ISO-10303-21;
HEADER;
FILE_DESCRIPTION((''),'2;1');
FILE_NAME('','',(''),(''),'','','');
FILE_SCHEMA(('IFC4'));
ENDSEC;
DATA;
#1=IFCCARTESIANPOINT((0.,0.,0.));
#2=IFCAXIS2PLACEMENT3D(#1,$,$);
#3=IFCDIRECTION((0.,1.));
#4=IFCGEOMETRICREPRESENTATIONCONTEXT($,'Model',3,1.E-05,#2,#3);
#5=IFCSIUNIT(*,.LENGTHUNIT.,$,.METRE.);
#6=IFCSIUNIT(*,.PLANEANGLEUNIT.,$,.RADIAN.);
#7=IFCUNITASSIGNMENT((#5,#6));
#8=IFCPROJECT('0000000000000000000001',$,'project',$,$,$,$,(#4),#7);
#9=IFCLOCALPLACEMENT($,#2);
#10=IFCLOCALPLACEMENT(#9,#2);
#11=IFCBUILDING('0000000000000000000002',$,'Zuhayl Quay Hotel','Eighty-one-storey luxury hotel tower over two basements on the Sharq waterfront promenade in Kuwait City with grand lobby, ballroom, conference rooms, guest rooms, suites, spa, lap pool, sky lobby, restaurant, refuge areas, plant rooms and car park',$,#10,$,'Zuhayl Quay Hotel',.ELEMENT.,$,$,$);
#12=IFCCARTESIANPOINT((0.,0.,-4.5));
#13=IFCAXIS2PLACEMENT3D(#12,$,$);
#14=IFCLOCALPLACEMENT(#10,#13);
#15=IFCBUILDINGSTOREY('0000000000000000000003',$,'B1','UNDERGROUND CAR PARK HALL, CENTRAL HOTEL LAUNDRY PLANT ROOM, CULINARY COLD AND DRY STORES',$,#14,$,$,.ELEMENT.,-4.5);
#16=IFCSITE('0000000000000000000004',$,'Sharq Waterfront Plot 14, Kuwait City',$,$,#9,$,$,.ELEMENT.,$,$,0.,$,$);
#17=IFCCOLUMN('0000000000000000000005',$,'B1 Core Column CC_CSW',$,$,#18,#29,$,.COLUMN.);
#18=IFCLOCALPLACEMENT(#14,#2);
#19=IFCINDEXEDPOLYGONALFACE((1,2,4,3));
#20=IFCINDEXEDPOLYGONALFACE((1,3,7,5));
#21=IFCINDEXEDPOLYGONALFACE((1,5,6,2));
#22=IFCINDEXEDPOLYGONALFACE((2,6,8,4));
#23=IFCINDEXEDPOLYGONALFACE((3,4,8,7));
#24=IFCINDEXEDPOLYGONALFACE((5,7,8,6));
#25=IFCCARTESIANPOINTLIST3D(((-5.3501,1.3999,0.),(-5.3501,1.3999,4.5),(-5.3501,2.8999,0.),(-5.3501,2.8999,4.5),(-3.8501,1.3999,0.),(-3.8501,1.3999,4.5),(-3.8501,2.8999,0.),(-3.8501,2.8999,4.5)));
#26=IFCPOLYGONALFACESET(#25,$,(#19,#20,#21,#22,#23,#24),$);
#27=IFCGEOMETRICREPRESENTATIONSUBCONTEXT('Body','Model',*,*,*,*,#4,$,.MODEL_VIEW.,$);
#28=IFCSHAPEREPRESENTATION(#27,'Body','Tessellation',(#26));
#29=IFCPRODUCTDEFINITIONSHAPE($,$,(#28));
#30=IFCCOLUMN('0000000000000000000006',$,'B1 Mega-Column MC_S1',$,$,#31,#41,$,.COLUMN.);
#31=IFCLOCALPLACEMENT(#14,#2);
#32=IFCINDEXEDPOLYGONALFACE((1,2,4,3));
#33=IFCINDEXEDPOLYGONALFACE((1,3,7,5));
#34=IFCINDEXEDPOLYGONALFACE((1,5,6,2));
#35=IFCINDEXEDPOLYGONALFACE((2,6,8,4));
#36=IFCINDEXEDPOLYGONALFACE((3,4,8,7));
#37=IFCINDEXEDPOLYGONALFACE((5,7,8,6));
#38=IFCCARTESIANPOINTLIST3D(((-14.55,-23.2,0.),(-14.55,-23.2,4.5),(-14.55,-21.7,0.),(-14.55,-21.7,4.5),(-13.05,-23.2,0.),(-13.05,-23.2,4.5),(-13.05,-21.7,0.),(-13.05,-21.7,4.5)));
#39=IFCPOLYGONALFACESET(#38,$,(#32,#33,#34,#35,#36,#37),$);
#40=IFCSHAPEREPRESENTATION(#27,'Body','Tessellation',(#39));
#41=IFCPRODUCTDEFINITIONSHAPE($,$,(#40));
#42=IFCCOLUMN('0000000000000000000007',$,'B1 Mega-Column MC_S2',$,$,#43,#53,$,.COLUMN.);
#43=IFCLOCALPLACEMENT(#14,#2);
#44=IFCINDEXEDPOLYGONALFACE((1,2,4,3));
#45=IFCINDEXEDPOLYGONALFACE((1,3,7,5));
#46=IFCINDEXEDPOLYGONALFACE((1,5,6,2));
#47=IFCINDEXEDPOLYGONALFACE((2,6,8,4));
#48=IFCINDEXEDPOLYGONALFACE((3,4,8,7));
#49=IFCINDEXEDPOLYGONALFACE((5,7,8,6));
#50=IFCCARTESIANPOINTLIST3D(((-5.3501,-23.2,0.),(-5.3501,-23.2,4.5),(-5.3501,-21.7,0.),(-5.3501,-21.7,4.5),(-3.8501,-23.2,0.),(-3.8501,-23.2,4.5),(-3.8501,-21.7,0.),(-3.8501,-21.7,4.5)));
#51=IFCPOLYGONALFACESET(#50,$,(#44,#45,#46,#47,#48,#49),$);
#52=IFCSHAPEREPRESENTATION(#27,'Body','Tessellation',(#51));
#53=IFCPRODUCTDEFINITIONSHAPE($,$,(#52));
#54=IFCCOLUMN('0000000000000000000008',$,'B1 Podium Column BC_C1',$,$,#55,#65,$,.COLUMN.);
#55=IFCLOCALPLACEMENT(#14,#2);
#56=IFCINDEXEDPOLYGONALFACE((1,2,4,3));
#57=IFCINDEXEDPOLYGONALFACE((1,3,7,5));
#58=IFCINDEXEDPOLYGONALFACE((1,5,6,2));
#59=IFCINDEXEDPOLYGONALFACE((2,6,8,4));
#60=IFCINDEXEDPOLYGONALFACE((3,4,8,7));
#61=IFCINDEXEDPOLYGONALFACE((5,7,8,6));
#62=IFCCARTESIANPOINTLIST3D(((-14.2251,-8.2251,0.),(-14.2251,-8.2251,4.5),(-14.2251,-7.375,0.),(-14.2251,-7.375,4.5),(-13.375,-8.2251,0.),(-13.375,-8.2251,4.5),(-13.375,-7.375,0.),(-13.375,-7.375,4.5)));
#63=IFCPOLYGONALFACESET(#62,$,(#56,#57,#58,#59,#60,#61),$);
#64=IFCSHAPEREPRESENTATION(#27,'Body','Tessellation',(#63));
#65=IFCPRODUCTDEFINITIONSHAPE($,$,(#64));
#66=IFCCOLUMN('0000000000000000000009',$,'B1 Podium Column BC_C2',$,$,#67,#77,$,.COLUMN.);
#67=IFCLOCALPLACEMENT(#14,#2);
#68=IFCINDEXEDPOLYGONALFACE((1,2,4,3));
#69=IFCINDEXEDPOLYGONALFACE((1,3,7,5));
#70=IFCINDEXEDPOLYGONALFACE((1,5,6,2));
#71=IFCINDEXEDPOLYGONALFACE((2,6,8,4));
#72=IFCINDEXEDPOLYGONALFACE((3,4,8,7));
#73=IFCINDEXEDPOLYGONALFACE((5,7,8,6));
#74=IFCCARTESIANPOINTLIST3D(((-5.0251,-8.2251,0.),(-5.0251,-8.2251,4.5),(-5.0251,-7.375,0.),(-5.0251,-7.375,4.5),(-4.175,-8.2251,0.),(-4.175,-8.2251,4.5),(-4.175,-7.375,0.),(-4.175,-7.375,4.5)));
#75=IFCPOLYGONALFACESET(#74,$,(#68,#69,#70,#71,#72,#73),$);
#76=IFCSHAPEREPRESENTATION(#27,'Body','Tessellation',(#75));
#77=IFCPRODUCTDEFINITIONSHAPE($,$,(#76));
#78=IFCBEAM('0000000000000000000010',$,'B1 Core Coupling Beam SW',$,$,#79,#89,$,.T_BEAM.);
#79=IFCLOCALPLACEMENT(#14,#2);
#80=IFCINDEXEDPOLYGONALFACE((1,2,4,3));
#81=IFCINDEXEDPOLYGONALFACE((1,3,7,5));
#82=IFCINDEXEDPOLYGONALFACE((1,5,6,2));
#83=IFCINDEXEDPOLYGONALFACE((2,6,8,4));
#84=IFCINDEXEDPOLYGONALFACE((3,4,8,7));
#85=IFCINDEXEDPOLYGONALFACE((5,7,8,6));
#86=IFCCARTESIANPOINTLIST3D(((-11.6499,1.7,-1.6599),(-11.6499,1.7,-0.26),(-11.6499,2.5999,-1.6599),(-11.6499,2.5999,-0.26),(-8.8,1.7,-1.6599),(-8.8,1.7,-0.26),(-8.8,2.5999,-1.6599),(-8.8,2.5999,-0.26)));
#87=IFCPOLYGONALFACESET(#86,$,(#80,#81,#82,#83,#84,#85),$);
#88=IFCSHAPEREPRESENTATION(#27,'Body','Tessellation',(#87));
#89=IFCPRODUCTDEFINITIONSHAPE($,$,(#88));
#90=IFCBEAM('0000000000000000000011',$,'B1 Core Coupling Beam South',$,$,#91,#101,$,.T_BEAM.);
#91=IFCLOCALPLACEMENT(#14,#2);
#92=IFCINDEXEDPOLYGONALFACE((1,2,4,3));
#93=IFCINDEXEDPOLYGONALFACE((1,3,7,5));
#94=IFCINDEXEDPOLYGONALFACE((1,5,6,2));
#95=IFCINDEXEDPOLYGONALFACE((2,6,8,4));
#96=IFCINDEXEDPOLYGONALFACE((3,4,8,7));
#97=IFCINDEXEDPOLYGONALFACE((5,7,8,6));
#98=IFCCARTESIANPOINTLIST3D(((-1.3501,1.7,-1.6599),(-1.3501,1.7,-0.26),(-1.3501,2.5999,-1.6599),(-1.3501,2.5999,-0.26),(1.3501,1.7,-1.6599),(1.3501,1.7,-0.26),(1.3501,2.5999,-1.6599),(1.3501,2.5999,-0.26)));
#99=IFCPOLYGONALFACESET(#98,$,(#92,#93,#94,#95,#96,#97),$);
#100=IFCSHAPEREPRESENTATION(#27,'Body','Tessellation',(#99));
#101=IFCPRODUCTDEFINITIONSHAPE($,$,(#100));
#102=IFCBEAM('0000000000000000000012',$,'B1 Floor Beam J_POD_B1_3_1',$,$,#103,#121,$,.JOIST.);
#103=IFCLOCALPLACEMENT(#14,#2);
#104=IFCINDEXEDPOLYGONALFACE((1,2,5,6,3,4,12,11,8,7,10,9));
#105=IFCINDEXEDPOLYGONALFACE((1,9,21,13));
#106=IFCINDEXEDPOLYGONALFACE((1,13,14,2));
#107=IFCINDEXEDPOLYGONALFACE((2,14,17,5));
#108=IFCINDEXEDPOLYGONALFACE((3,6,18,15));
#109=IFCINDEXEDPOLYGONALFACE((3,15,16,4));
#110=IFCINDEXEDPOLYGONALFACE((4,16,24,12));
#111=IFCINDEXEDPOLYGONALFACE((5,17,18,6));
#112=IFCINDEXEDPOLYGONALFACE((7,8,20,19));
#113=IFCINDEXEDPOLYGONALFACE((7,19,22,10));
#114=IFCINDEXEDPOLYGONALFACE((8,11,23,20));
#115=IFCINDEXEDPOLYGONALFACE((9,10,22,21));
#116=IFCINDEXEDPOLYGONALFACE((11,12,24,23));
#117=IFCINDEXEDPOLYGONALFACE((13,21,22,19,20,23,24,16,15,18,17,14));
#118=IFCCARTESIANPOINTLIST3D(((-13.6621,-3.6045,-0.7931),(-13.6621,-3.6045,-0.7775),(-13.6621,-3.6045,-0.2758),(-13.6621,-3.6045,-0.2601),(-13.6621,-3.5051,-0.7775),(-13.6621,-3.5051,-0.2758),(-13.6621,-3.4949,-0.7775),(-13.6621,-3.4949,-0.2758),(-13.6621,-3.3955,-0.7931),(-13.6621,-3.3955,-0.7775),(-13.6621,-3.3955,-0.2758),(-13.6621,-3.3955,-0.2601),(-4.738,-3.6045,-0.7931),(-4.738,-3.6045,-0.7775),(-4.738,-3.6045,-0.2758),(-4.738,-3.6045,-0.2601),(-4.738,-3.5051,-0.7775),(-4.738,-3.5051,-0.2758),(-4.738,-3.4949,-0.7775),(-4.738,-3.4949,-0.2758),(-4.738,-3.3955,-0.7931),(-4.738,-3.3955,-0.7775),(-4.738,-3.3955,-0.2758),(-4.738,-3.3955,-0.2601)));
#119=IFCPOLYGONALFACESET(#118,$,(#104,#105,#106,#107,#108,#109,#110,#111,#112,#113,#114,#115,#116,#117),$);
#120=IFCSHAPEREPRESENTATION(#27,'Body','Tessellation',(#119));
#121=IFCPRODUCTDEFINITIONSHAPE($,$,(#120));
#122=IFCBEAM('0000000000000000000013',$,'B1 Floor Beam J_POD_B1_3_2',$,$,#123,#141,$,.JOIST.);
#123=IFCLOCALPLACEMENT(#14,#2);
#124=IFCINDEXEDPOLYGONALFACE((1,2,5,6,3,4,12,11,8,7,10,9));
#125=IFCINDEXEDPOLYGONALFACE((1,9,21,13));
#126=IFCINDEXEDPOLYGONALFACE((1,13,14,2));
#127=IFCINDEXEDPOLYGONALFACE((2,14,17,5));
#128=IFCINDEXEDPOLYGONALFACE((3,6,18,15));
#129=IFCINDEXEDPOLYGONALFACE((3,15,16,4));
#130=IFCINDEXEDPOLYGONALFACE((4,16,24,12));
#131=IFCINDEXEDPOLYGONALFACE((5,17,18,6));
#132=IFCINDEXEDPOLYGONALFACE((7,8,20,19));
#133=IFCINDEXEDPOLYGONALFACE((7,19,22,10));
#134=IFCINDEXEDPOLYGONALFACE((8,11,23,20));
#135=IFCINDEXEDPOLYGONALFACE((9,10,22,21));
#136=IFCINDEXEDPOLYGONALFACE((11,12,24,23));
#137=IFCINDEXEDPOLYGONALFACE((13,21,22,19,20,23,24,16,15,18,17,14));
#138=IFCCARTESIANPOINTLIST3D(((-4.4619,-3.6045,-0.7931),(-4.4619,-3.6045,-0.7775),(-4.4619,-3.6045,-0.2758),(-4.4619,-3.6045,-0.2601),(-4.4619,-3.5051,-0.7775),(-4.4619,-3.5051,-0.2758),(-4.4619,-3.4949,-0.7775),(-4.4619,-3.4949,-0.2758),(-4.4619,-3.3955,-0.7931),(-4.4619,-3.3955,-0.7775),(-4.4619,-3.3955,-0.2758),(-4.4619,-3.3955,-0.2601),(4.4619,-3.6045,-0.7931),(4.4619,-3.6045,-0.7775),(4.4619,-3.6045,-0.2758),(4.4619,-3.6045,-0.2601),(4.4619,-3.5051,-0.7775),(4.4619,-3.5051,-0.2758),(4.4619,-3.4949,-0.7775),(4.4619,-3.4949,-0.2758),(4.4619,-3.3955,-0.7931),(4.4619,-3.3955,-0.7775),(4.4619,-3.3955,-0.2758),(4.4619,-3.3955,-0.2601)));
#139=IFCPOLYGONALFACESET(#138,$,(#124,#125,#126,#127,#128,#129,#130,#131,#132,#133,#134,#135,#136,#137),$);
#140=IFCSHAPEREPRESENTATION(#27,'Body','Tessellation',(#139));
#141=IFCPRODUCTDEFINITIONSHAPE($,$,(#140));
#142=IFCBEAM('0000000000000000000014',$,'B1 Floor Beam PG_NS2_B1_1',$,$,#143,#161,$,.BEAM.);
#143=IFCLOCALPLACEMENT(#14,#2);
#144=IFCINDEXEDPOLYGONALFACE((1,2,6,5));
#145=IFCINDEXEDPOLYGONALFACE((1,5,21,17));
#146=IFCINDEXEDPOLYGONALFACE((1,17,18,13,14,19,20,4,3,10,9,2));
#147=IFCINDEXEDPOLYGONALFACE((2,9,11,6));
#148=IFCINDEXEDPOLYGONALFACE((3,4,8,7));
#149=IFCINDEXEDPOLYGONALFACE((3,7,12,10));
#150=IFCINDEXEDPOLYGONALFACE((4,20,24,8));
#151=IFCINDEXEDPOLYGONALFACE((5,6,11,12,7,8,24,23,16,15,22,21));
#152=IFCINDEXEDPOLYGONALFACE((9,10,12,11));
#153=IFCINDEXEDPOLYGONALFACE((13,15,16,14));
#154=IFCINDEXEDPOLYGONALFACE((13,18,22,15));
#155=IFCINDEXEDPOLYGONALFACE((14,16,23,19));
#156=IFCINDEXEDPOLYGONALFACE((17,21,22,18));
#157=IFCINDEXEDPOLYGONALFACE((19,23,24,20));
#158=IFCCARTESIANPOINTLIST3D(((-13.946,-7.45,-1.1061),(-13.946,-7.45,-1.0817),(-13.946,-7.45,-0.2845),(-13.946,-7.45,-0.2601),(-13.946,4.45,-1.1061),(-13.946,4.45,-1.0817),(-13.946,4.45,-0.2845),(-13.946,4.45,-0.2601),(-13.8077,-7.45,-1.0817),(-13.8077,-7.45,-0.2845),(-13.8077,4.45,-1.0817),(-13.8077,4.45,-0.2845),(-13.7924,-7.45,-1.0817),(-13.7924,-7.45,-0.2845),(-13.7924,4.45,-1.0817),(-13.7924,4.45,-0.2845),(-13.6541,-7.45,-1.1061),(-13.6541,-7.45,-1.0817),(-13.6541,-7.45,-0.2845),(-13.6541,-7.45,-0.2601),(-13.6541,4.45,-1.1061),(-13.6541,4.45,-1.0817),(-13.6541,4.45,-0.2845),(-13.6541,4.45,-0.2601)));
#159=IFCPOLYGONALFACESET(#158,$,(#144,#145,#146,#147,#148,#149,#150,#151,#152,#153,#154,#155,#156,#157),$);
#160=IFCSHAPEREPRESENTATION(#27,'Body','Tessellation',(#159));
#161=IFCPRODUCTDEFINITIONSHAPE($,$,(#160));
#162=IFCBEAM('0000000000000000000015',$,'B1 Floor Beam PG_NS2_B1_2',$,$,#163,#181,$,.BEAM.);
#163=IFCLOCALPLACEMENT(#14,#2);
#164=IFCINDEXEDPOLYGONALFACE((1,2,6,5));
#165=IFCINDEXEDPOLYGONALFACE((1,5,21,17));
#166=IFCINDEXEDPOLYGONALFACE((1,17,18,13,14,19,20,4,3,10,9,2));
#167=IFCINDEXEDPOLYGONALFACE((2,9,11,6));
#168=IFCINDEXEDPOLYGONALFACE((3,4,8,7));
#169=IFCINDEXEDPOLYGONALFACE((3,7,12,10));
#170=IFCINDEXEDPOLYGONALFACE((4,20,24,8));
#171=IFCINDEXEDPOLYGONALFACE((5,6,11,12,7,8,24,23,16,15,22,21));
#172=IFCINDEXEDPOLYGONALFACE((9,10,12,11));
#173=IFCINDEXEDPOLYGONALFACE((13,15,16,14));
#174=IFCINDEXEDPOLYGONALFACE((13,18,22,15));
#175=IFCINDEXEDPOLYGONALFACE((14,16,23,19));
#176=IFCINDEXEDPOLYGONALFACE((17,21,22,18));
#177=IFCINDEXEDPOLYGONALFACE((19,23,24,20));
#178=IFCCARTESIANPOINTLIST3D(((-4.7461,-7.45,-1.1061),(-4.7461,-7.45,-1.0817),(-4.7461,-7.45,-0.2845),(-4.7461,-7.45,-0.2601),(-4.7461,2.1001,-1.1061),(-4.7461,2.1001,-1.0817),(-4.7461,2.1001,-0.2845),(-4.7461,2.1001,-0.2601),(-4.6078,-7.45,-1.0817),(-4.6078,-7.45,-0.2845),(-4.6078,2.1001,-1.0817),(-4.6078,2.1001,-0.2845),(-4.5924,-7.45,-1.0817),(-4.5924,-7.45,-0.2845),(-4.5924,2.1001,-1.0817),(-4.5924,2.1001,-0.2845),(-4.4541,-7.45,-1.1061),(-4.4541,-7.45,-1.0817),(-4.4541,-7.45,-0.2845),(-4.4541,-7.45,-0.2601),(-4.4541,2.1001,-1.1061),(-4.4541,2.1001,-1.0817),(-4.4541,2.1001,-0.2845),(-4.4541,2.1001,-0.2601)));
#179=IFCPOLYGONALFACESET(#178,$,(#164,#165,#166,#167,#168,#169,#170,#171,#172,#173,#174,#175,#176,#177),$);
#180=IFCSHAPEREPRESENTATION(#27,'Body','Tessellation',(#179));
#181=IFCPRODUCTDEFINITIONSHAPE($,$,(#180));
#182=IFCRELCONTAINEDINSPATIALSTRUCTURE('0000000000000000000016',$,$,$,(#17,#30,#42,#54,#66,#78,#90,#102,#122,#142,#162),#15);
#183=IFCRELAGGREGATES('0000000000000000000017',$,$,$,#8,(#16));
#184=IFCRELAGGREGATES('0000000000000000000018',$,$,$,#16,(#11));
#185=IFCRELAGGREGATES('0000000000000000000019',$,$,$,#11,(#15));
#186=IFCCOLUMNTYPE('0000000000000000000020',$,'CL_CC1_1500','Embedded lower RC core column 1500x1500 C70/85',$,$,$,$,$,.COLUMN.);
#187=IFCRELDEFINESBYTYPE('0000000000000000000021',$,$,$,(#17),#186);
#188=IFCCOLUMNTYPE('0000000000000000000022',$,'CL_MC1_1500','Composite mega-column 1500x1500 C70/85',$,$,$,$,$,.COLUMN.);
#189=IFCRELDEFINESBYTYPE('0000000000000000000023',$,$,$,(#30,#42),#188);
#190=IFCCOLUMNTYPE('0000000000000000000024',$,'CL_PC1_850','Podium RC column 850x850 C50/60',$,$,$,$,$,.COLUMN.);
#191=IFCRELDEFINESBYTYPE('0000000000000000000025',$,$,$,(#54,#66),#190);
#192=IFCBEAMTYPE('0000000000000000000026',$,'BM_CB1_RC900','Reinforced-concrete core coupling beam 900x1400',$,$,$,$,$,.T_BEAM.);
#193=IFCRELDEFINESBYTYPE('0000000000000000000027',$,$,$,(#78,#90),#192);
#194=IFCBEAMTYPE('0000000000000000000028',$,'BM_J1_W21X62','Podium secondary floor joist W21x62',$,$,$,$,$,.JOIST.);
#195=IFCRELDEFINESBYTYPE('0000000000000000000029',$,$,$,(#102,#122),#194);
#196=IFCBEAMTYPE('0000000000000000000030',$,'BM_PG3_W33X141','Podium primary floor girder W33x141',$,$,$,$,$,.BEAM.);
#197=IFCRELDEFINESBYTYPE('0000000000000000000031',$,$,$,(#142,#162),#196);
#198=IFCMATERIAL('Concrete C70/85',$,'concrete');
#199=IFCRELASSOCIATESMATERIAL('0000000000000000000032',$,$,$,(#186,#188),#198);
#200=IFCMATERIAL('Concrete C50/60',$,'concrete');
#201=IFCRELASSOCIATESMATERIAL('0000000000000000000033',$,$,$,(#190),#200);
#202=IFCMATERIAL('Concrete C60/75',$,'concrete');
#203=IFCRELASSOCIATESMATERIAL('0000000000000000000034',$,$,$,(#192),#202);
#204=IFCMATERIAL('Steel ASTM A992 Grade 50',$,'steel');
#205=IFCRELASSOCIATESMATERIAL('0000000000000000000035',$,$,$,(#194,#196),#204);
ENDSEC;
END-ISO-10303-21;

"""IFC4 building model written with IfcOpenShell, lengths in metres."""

from ifc_helpers import new_model, si_unit, direction, frame, origin, origin_2d, place, context, subcontext, project, spatial, rectangle, i_section, extrude, material, material_profile, profile_set, type_object, element, save


model = new_model("IFC4")

# Units and contexts
model_context = context("Model", 3, precision=1e-05, world=origin(), true_north=direction((0.0, 1.0)))
body_context = subcontext(model_context, "Body", "Model", "MODEL_VIEW")
ifc_project = project(units=[si_unit("LENGTHUNIT", "METRE"), si_unit("PLANEANGLEUNIT", "RADIAN")], contexts=[model_context])

# Site, building, storey
site_placement = place(None, origin())
site = spatial("IfcSite", under=ifc_project, at=site_placement, Name="Sharq Waterfront Plot 14, Kuwait City", CompositionType="ELEMENT", RefElevation=0.0)
building_placement = place(site_placement, origin())
building = spatial("IfcBuilding", under=site, at=building_placement, Name="Zuhayl Quay Hotel", Description="Eighty-one-storey luxury hotel tower over two basements on the Sharq waterfront promenade in Kuwait City with grand lobby, ballroom, conference rooms, guest rooms, suites, spa, lap pool, sky lobby, restaurant, refuge areas, plant rooms and car park", LongName="Zuhayl Quay Hotel", CompositionType="ELEMENT")
storey_placement = place(building_placement, frame((0.0, 0.0, -4.5)))
storey = spatial("IfcBuildingStorey", under=building, at=storey_placement, Name="B1", Description="UNDERGROUND CAR PARK HALL, CENTRAL HOTEL LAUNDRY PLANT ROOM, CULINARY COLD AND DRY STORES", CompositionType="ELEMENT", Elevation=-4.5)

# Columns
ifc_material_1 = material(Name="Concrete C70/85", Category="concrete")
ifc_material_profile_1 = material_profile(ifc_material_1, rectangle(XDim=1.5, YDim=1.5, at=origin_2d()), Name="RC1500X1500")
ifc_profile_set_1 = profile_set([ifc_material_profile_1], Name="Concrete C70/85")
column_type_1 = type_object("IfcColumnType", Name="CL_CC1_1500", Description="Embedded lower RC core column 1500x1500 C70/85", PredefinedType="COLUMN", material=ifc_profile_set_1)
column_placement = place(storey_placement, frame((-4.6001, 2.1499, 0.0), z_axis=(0.0, 0.0, 1.0), x_axis=(1.0, 0.0, 0.0)))
element("IfcColumn", 1, at=column_placement, inside=storey, type_object=column_type_1, Name="B1 Core Column CC_CSW", PredefinedType="COLUMN", context=body_context, shape_type="SweptSolid", body=[
    extrude(rectangle(XDim=1.5, YDim=1.5, at=origin_2d()), origin(), (0.0, 0.0, 1.0), 4.5),
])
ifc_material_profile_2 = material_profile(ifc_material_1, rectangle(XDim=1.5, YDim=1.5, at=origin_2d()), Name="RC1500X1500")
ifc_profile_set_2 = profile_set([ifc_material_profile_2], Name="Concrete C70/85")
column_type_2 = type_object("IfcColumnType", Name="CL_MC1_1500", Description="Composite mega-column 1500x1500 C70/85", PredefinedType="COLUMN", material=ifc_profile_set_2)
for number, where, z_axis, x_axis, name in (
    (2, (-13.8, -22.45, 0.0), (0.0, 0.0, 1.0), (1.0, 0.0, 0.0), "B1 Mega-Column MC_S1"),
    (3, (-4.6001, -22.45, 0.0), (0.0, 0.0, 1.0), (1.0, 0.0, 0.0), "B1 Mega-Column MC_S2"),
):
    element("IfcColumn", number, at=place(storey_placement, frame(where, z_axis=z_axis, x_axis=x_axis)), inside=storey, type_object=column_type_2, Name=name, PredefinedType="COLUMN", context=body_context, shape_type="SweptSolid", body=[
        extrude(rectangle(XDim=1.5, YDim=1.5, at=origin_2d()), origin(), (0.0, 0.0, 1.0), 4.5),
    ])
ifc_material_2 = material(Name="Concrete C50/60", Category="concrete")
ifc_material_profile_3 = material_profile(ifc_material_2, rectangle(XDim=0.8501, YDim=0.8501, at=origin_2d()), Name="RC850X850")
ifc_profile_set_3 = profile_set([ifc_material_profile_3], Name="Concrete C50/60")
column_type_3 = type_object("IfcColumnType", Name="CL_PC1_850", Description="Podium RC column 850x850 C50/60", PredefinedType="COLUMN", material=ifc_profile_set_3)
for number, where, z_axis, x_axis, name in (
    (4, (-13.8, -7.8, 0.0), (0.0, 0.0, 1.0), (1.0, 0.0, 0.0), "B1 Podium Column BC_C1"),
    (5, (-4.6001, -7.8, 0.0), (0.0, 0.0, 1.0), (1.0, 0.0, 0.0), "B1 Podium Column BC_C2"),
):
    element("IfcColumn", number, at=place(storey_placement, frame(where, z_axis=z_axis, x_axis=x_axis)), inside=storey, type_object=column_type_3, Name=name, PredefinedType="COLUMN", context=body_context, shape_type="SweptSolid", body=[
        extrude(rectangle(XDim=0.8501, YDim=0.8501, at=origin_2d()), origin(), (0.0, 0.0, 1.0), 4.5),
    ])

# Beams
ifc_material_3 = material(Name="Concrete C60/75", Category="concrete")
ifc_material_profile_4 = material_profile(ifc_material_3, rectangle(XDim=0.8999, YDim=1.3999, at=origin_2d()), Name="RC900X1400")
ifc_profile_set_4 = profile_set([ifc_material_profile_4], Name="Concrete C60/75")
beam_type_1 = type_object("IfcBeamType", Name="BM_CB1_RC900", Description="Reinforced-concrete core coupling beam 900x1400", PredefinedType="T_BEAM", material=ifc_profile_set_4)
beam_1_placement = place(storey_placement, frame((-11.6499, 2.1499, -0.96), z_axis=(1.0, 0.0, 0.0), x_axis=(0.0, 1.0, 0.0)))
element("IfcBeam", 6, at=beam_1_placement, inside=storey, type_object=beam_type_1, Name="B1 Core Coupling Beam SW", PredefinedType="T_BEAM", context=body_context, shape_type="SweptSolid", body=[
    extrude(rectangle(XDim=0.8999, YDim=1.3999, at=origin_2d()), origin(), (0.0, 0.0, 1.0), 2.8499),
])
beam_2_placement = place(storey_placement, frame((-1.3501, 2.1499, -0.96), z_axis=(1.0, 0.0, 0.0), x_axis=(0.0, 1.0, 0.0)))
element("IfcBeam", 7, at=beam_2_placement, inside=storey, type_object=beam_type_1, Name="B1 Core Coupling Beam South", PredefinedType="T_BEAM", context=body_context, shape_type="SweptSolid", body=[
    extrude(rectangle(XDim=0.8999, YDim=1.3999, at=origin_2d()), origin(), (0.0, 0.0, 1.0), 2.7002),
])
ifc_material_4 = material(Name="Steel ASTM A992 Grade 50", Category="steel")
ifc_material_profile_5 = material_profile(ifc_material_4, i_section(OverallWidth=0.209, OverallDepth=0.533, WebThickness=0.0103, FlangeThickness=0.0156, at=origin_2d()), Name="W21X62")
ifc_profile_set_5 = profile_set([ifc_material_profile_5], Name="Steel ASTM A992 Grade 50")
beam_type_2 = type_object("IfcBeamType", Name="BM_J1_W21X62", Description="Podium secondary floor joist W21x62", PredefinedType="JOIST", material=ifc_profile_set_5)
beam_3_placement = place(storey_placement, frame((-13.6621, -3.5, -0.5266), z_axis=(1.0, 0.0, 0.0), x_axis=(0.0, 1.0, 0.0)))
element("IfcBeam", 8, at=beam_3_placement, inside=storey, type_object=beam_type_2, Name="B1 Floor Beam J_POD_B1_3_1", PredefinedType="JOIST", context=body_context, shape_type="SweptSolid", body=[
    extrude(i_section(OverallWidth=0.209, OverallDepth=0.533, WebThickness=0.0103, FlangeThickness=0.0156, at=origin_2d()), origin(), (0.0, 0.0, 1.0), 8.9241),
])
beam_4_placement = place(storey_placement, frame((-4.4619, -3.5, -0.5266), z_axis=(1.0, 0.0, 0.0), x_axis=(0.0, 1.0, 0.0)))
element("IfcBeam", 9, at=beam_4_placement, inside=storey, type_object=beam_type_2, Name="B1 Floor Beam J_POD_B1_3_2", PredefinedType="JOIST", context=body_context, shape_type="SweptSolid", body=[
    extrude(i_section(OverallWidth=0.209, OverallDepth=0.533, WebThickness=0.0103, FlangeThickness=0.0156, at=origin_2d()), origin(), (0.0, 0.0, 1.0), 8.9238),
])
ifc_material_profile_6 = material_profile(ifc_material_4, i_section(OverallWidth=0.292, OverallDepth=0.8459, WebThickness=0.0154, FlangeThickness=0.0244, at=origin_2d()), Name="W33X141")
ifc_profile_set_6 = profile_set([ifc_material_profile_6], Name="Steel ASTM A992 Grade 50")
beam_type_3 = type_object("IfcBeamType", Name="BM_PG3_W33X141", Description="Podium primary floor girder W33x141", PredefinedType="BEAM", material=ifc_profile_set_6)
beam_5_placement = place(storey_placement, frame((-13.8, -7.45, -0.6831), z_axis=(0.0, 1.0, 0.0), x_axis=(-1.0, 0.0, 0.0)))
element("IfcBeam", 10, at=beam_5_placement, inside=storey, type_object=beam_type_3, Name="B1 Floor Beam PG_NS2_B1_1", PredefinedType="BEAM", context=body_context, shape_type="SweptSolid", body=[
    extrude(i_section(OverallWidth=0.292, OverallDepth=0.8459, WebThickness=0.0154, FlangeThickness=0.0244, at=origin_2d()), origin(), (0.0, 0.0, 1.0), 11.8999),
])
beam_6_placement = place(storey_placement, frame((-4.6001, -7.45, -0.6831), z_axis=(0.0, 1.0, 0.0), x_axis=(-1.0, 0.0, 0.0)))
element("IfcBeam", 11, at=beam_6_placement, inside=storey, type_object=beam_type_3, Name="B1 Floor Beam PG_NS2_B1_2", PredefinedType="BEAM", context=body_context, shape_type="SweptSolid", body=[
    extrude(i_section(OverallWidth=0.292, OverallDepth=0.8459, WebThickness=0.0154, FlangeThickness=0.0244, at=origin_2d()), origin(), (0.0, 0.0, 1.0), 9.55),
])

save(model, "model.ifc")
